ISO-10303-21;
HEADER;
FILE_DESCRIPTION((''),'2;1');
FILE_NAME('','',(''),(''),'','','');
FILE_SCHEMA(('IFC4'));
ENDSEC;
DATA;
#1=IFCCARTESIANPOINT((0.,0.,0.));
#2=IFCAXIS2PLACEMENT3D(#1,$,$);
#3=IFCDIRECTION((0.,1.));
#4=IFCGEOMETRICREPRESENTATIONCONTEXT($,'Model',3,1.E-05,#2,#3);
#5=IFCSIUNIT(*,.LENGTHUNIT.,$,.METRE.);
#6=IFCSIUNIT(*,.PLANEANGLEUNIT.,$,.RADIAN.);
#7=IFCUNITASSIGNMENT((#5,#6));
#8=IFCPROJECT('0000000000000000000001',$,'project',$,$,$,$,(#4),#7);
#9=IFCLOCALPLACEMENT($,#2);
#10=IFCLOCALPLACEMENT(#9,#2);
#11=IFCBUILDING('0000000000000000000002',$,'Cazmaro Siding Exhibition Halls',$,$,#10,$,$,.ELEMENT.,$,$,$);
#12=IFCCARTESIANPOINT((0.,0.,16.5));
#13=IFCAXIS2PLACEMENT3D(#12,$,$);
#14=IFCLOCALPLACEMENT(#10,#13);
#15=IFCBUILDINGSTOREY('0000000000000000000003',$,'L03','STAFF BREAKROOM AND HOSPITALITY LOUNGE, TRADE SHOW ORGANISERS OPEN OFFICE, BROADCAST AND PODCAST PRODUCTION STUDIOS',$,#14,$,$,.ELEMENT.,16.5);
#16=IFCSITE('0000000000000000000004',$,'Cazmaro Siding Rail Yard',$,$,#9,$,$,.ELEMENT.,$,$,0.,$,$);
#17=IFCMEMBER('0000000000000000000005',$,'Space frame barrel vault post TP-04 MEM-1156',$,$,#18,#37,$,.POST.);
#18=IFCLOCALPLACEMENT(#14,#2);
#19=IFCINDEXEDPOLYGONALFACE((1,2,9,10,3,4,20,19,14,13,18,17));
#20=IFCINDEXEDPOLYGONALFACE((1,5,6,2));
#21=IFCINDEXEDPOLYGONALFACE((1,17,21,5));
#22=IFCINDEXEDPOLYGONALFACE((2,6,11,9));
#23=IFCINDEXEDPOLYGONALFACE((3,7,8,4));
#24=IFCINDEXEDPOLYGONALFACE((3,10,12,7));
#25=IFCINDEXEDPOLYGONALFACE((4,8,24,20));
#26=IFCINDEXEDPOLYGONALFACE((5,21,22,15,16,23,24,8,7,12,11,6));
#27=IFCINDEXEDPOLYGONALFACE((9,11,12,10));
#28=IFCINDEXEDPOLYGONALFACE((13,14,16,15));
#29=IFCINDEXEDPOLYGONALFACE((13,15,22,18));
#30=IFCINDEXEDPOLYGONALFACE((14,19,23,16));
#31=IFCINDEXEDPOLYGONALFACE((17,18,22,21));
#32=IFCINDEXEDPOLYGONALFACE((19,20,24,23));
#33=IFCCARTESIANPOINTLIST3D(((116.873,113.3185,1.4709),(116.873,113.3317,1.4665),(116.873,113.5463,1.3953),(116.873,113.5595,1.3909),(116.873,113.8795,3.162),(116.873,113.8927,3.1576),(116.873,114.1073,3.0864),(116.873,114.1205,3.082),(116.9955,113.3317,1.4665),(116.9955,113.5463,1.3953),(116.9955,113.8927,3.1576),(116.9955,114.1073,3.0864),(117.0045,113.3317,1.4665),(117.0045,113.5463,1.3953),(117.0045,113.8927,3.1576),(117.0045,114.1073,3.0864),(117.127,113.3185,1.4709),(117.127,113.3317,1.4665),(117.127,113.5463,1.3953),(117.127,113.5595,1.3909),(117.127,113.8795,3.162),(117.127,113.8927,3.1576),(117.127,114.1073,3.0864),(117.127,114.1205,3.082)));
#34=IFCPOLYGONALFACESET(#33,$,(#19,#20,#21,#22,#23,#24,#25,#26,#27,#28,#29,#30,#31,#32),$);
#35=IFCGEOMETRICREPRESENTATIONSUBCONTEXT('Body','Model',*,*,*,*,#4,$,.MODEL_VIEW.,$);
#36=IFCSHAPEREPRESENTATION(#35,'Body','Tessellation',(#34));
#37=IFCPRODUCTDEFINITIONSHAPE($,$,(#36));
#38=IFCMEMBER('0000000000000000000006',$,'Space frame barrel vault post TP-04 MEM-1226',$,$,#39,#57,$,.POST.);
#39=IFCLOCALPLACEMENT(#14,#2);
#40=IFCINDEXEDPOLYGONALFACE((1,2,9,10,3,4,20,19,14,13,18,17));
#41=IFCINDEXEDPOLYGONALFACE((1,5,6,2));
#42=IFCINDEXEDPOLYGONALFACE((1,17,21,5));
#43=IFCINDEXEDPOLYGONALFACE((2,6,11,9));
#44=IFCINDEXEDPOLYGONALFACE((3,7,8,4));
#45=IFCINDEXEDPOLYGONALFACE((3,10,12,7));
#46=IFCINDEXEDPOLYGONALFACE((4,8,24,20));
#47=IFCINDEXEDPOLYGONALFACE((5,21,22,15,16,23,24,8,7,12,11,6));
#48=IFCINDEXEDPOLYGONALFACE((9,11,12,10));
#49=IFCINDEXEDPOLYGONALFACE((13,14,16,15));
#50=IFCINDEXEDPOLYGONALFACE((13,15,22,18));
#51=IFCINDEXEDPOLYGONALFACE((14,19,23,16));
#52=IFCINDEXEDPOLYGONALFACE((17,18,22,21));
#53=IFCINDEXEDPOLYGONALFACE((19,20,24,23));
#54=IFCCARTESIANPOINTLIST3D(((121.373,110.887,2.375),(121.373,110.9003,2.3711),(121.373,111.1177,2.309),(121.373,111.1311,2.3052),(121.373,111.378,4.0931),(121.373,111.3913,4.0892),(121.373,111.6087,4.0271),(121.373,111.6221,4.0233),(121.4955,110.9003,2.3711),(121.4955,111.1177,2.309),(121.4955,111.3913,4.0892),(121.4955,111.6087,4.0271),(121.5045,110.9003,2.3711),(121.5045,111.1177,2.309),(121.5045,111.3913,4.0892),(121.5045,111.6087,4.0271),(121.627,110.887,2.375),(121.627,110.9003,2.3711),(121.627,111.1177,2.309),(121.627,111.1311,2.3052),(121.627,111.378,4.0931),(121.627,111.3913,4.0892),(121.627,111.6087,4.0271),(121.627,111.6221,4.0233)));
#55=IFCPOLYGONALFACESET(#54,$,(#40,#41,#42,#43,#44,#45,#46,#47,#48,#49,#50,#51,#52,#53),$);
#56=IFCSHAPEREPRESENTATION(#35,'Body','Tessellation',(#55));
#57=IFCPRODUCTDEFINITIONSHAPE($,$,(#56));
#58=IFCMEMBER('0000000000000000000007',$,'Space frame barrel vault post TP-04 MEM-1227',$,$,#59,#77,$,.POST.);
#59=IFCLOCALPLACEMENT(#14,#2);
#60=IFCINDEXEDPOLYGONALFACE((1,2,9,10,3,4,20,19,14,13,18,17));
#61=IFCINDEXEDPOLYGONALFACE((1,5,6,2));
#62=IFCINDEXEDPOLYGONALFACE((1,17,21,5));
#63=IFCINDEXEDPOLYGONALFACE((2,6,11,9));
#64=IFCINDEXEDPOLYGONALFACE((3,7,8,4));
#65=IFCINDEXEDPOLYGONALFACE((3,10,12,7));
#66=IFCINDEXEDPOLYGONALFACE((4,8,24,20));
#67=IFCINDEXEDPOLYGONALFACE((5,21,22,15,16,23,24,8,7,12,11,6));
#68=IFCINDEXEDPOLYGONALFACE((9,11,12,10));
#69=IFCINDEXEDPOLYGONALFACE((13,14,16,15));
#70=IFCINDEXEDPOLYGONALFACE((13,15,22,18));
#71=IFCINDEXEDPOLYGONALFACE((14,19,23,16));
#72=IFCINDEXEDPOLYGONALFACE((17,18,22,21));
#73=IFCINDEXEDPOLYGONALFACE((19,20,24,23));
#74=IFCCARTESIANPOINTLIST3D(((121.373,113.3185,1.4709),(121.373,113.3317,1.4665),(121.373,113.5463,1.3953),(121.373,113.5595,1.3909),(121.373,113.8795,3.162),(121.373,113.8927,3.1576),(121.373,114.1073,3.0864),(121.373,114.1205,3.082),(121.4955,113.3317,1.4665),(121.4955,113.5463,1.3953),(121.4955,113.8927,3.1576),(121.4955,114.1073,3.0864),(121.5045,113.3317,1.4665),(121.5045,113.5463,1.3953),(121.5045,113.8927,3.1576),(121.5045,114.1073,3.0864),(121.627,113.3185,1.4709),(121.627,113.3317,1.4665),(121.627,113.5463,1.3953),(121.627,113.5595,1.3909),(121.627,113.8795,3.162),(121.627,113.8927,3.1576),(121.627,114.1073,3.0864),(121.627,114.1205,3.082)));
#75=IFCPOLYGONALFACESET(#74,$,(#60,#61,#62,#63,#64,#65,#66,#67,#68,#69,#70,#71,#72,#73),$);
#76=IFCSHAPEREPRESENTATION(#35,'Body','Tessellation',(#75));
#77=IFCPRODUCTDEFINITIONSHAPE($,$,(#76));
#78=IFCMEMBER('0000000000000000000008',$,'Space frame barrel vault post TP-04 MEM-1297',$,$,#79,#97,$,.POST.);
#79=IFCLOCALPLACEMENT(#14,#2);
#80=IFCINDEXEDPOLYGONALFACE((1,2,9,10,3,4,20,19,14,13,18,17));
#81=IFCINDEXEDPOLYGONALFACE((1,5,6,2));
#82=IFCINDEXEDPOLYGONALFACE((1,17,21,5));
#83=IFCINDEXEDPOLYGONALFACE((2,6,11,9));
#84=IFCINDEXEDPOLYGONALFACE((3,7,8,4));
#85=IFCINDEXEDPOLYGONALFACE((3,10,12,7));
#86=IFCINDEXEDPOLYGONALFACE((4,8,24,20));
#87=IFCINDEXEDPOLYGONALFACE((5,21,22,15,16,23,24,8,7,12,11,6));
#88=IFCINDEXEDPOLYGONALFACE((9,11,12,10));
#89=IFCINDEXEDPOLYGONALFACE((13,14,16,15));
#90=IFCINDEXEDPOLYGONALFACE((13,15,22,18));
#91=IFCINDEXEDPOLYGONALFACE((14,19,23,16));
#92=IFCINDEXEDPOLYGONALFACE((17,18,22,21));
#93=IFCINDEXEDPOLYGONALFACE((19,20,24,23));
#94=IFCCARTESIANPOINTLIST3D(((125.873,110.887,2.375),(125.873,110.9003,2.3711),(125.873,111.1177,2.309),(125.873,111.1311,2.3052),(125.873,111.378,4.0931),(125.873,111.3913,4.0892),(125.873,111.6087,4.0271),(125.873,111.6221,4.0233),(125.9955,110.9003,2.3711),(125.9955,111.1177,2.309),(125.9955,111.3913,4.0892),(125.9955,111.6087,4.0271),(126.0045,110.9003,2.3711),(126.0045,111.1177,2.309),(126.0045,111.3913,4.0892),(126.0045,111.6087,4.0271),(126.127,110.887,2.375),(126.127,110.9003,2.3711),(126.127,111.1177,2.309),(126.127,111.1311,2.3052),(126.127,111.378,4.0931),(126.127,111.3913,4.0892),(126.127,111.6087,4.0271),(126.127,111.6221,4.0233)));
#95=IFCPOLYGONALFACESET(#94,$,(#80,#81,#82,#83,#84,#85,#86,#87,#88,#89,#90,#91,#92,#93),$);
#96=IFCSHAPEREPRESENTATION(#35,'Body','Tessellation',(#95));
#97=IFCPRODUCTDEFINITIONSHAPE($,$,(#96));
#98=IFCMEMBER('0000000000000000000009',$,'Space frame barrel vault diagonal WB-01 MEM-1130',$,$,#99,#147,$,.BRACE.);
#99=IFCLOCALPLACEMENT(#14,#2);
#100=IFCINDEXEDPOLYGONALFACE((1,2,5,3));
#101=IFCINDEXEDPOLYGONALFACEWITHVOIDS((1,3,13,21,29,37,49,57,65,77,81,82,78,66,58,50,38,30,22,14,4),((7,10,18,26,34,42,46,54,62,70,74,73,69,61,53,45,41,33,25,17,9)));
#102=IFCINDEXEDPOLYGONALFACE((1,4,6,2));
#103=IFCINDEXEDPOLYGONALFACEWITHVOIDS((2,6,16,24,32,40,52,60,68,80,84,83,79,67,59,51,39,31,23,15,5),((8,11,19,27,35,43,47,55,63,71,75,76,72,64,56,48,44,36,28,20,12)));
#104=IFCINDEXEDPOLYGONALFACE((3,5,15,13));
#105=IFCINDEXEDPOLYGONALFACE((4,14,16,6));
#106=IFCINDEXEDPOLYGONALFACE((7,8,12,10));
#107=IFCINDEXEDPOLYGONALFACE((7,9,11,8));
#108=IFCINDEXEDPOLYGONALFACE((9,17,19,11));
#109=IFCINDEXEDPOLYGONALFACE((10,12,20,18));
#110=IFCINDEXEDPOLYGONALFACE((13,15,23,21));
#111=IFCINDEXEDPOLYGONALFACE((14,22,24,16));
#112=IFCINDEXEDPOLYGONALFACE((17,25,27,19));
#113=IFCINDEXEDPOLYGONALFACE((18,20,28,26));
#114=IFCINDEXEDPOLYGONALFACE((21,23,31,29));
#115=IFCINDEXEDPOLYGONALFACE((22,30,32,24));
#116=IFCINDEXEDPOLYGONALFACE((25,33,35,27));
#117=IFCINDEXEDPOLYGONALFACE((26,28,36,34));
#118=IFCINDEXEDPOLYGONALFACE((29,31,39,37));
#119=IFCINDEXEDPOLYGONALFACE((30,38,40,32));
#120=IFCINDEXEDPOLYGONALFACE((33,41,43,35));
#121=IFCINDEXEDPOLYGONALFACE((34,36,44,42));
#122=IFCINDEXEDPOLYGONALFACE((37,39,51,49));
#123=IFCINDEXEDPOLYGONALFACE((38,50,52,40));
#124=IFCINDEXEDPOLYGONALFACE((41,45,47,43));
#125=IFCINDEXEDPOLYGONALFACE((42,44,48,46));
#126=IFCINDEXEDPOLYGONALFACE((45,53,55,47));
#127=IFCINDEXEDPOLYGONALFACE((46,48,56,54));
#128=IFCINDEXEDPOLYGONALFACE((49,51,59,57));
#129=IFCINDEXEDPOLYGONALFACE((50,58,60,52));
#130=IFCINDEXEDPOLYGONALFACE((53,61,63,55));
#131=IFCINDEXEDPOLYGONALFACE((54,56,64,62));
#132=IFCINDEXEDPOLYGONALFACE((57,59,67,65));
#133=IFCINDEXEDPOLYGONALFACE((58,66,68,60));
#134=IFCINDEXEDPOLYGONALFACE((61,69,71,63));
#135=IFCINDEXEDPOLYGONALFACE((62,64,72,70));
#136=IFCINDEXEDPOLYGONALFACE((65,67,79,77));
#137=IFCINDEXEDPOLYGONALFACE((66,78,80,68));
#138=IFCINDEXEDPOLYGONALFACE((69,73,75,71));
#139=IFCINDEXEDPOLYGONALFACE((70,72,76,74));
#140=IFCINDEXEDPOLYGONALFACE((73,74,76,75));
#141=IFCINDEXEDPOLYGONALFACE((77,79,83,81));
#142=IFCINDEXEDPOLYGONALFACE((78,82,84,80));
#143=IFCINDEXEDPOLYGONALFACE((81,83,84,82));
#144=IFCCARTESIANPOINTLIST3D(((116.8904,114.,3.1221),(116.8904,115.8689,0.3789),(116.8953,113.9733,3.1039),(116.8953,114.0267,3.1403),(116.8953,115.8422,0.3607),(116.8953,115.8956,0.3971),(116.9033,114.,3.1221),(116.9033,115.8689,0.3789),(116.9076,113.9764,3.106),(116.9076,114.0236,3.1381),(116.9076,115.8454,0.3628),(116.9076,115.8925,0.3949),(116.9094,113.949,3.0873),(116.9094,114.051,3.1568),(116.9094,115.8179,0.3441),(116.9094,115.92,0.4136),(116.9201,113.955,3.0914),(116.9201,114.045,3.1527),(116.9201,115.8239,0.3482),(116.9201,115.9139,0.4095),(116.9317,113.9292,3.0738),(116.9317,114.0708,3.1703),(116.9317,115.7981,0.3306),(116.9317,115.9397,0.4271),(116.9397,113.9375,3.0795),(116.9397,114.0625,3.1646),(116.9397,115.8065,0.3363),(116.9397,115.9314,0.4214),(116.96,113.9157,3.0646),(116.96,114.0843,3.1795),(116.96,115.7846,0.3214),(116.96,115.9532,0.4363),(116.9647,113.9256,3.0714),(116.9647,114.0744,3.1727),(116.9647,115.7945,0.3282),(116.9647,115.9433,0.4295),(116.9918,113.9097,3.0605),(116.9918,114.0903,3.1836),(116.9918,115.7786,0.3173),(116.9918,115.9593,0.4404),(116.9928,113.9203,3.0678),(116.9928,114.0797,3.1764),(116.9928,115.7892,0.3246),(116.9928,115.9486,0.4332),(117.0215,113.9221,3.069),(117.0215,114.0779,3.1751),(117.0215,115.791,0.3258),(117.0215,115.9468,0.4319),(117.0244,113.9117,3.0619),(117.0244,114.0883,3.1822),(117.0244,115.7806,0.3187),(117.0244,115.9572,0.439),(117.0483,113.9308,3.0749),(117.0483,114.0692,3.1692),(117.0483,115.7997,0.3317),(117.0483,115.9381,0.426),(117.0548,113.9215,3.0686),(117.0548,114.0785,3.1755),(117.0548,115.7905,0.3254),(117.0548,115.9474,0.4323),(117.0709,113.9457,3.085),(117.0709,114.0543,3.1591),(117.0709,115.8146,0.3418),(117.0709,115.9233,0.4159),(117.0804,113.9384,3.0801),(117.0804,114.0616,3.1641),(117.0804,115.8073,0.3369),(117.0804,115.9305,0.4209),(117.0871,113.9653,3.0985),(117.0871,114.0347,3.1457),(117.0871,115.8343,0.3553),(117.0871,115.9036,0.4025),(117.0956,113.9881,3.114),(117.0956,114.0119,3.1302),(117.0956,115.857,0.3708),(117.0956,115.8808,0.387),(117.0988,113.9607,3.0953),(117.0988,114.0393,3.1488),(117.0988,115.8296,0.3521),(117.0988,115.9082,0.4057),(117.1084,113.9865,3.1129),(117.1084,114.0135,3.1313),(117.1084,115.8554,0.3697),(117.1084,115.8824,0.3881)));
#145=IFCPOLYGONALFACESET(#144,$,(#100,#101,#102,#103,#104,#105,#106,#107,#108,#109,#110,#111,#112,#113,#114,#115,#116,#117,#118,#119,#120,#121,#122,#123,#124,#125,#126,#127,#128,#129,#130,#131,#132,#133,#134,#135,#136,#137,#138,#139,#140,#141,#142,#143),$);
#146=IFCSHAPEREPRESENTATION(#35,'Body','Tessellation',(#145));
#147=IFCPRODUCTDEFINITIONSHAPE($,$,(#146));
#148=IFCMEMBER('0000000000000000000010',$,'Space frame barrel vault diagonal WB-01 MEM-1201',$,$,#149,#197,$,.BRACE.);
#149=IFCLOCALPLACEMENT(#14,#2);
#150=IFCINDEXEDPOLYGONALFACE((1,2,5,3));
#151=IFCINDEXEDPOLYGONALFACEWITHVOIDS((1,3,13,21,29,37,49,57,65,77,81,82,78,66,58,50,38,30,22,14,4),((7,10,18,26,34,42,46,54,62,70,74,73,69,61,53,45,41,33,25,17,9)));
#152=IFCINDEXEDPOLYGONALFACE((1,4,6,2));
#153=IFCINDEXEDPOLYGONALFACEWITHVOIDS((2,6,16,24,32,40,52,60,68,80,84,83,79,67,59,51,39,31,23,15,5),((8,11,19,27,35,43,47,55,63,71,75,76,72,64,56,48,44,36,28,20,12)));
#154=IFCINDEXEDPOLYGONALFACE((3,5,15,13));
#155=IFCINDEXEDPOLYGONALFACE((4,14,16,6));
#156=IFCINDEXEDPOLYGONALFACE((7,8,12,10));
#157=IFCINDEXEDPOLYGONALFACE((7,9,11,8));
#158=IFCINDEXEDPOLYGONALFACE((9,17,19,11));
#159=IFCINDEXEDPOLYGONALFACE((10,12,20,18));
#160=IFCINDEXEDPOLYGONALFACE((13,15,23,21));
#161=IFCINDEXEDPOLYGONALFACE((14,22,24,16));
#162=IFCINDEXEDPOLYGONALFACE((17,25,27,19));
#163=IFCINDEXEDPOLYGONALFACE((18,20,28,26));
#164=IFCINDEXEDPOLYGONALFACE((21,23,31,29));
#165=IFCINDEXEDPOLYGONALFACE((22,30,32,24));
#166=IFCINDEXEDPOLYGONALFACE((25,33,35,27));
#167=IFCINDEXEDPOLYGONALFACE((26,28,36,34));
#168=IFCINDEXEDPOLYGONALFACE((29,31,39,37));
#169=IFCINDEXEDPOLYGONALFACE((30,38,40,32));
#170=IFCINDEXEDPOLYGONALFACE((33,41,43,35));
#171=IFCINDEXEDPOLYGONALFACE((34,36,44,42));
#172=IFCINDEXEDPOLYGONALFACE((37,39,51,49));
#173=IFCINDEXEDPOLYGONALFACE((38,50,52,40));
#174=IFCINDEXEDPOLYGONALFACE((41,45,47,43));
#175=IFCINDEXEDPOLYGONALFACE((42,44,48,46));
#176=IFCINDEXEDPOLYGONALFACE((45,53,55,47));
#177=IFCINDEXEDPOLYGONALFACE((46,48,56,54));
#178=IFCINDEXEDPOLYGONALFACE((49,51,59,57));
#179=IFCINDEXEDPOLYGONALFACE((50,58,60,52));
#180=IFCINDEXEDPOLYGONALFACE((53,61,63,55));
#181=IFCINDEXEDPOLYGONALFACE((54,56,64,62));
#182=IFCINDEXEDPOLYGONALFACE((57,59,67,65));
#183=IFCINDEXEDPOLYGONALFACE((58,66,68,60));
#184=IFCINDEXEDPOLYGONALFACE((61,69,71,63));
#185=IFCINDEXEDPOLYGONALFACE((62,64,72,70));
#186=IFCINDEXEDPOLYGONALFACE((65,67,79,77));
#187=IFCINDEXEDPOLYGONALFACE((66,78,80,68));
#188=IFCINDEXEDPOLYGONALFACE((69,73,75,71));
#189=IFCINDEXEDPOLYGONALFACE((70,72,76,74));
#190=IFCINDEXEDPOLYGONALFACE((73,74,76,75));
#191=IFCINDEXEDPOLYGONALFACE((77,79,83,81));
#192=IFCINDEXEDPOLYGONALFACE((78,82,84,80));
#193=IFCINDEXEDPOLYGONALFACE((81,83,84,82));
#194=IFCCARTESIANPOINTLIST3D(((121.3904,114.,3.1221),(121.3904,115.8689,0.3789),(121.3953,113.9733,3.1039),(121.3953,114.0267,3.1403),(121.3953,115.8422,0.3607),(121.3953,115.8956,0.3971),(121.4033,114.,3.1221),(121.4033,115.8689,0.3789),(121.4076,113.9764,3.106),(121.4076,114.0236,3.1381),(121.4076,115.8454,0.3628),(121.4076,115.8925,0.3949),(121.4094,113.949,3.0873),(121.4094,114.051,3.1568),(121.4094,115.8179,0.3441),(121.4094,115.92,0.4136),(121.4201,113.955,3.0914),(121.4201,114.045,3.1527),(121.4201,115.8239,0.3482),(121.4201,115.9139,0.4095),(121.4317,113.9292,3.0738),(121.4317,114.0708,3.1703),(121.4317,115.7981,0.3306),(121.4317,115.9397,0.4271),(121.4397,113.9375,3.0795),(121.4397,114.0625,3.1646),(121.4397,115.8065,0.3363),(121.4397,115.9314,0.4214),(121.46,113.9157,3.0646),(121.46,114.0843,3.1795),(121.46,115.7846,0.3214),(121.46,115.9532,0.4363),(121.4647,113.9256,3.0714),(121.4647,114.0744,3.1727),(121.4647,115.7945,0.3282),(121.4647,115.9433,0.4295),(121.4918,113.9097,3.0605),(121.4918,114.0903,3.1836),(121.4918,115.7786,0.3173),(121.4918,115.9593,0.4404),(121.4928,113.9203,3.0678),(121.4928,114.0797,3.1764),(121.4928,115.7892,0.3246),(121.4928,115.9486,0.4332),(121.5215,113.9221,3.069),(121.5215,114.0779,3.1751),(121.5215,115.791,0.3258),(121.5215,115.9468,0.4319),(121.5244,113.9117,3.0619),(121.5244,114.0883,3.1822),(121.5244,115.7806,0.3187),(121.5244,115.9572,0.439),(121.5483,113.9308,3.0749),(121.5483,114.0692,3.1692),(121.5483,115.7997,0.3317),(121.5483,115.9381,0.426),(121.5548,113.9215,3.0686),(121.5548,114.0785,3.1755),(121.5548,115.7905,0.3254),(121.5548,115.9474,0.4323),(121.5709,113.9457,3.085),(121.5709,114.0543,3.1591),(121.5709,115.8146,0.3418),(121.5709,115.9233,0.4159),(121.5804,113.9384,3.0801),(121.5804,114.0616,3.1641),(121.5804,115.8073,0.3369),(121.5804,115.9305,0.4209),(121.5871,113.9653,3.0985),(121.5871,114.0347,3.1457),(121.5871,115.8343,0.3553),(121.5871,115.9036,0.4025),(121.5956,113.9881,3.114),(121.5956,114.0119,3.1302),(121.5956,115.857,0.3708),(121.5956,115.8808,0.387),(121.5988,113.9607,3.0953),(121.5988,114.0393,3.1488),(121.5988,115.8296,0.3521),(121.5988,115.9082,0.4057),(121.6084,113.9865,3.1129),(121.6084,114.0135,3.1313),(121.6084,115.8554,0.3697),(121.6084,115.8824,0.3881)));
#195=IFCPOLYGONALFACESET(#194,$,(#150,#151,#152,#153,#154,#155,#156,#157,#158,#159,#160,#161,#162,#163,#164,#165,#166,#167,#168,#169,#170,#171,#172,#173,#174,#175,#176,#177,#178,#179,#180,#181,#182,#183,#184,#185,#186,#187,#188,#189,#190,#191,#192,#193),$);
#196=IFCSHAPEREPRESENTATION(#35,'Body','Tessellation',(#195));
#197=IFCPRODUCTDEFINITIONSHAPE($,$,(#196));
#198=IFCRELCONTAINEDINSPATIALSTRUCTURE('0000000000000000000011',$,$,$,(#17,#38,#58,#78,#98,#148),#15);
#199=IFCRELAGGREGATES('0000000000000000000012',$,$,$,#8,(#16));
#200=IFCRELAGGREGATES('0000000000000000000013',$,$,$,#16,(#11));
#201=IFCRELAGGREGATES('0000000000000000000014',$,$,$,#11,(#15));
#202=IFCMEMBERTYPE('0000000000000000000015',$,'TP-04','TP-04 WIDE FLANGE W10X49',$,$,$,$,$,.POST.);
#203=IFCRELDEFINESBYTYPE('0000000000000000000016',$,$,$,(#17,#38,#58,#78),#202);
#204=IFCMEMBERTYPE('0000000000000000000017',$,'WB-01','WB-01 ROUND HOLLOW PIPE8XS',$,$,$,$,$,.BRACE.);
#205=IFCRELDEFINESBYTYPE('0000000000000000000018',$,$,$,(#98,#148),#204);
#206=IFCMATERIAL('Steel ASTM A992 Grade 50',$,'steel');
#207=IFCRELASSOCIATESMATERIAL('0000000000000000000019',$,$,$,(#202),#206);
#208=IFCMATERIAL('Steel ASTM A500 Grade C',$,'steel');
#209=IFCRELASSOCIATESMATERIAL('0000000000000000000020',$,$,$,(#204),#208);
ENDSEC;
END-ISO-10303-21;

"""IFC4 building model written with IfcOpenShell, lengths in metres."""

from ifc_helpers import new_model, si_unit, direction, frame, origin, origin_2d, place, context, subcontext, project, spatial, hollow_circle, i_section, extrude, material, material_profile, profile_set, type_object, element, save


model = new_model("IFC4")

# Units and contexts
model_context = context("Model", 3, precision=1e-05, world=origin(), true_north=direction((0.0, 1.0)))
body_context = subcontext(model_context, "Body", "Model", "MODEL_VIEW")
ifc_project = project(units=[si_unit("LENGTHUNIT", "METRE"), si_unit("PLANEANGLEUNIT", "RADIAN")], contexts=[model_context])

# Site, building, storey
site_placement = place(None, origin())
site = spatial("IfcSite", under=ifc_project, at=site_placement, Name="Cazmaro Siding Rail Yard", CompositionType="ELEMENT", RefElevation=0.0)
building_placement = place(site_placement, origin())
building = spatial("IfcBuilding", under=site, at=building_placement, Name="Cazmaro Siding Exhibition Halls", CompositionType="ELEMENT")
storey_placement = place(building_placement, frame((0.0, 0.0, 16.5)))
storey = spatial("IfcBuildingStorey", under=building, at=storey_placement, Name="L03", Description="STAFF BREAKROOM AND HOSPITALITY LOUNGE, TRADE SHOW ORGANISERS OPEN OFFICE, BROADCAST AND PODCAST PRODUCTION STUDIOS", CompositionType="ELEMENT", Elevation=16.5)

# Members
ifc_material_1 = material(Name="Steel ASTM A992 Grade 50", Category="steel")
ifc_material_profile_1 = material_profile(ifc_material_1, i_section(OverallWidth=0.2539, OverallDepth=0.2539, WebThickness=0.009, FlangeThickness=0.0139, at=origin_2d()), Name="W10X49")
ifc_profile_set_1 = profile_set([ifc_material_profile_1], Name="Steel ASTM A992 Grade 50")
member_type_1 = type_object("IfcMemberType", Name="TP-04", Description="TP-04 WIDE FLANGE W10X49", PredefinedType="POST", material=ifc_profile_set_1)
member_1_placement = place(storey_placement, frame((117.0, 113.439, 1.4309), z_axis=(0.0, 0.314871, 0.949134), x_axis=(-1.0, 0.0, 0.0)))
element("IfcMember", 1, at=member_1_placement, inside=storey, type_object=member_type_1, Name="Space frame barrel vault post TP-04 MEM-1156", PredefinedType="POST", context=body_context, shape_type="SweptSolid", body=[
    extrude(i_section(OverallWidth=0.2539, OverallDepth=0.2539, WebThickness=0.009, FlangeThickness=0.0139, at=origin_2d()), origin(), (0.0, 0.0, 1.0), 1.7817),
])
member_2_placement = place(storey_placement, frame((121.5, 111.009, 2.3401), z_axis=(0.0, 0.274775, 0.961508), x_axis=(-1.0, 0.0, 0.0)))
element("IfcMember", 2, at=member_2_placement, inside=storey, type_object=member_type_1, Name="Space frame barrel vault post TP-04 MEM-1226", PredefinedType="POST", context=body_context, shape_type="SweptSolid", body=[
    extrude(i_section(OverallWidth=0.2539, OverallDepth=0.2539, WebThickness=0.009, FlangeThickness=0.0139, at=origin_2d()), origin(), (0.0, 0.0, 1.0), 1.7869),
])
member_3_placement = place(storey_placement, frame((121.5, 113.439, 1.4309), z_axis=(0.0, 0.314871, 0.949134), x_axis=(-1.0, 0.0, 0.0)))
element("IfcMember", 3, at=member_3_placement, inside=storey, type_object=member_type_1, Name="Space frame barrel vault post TP-04 MEM-1227", PredefinedType="POST", context=body_context, shape_type="SweptSolid", body=[
    extrude(i_section(OverallWidth=0.2539, OverallDepth=0.2539, WebThickness=0.009, FlangeThickness=0.0139, at=origin_2d()), origin(), (0.0, 0.0, 1.0), 1.7817),
])
member_4_placement = place(storey_placement, frame((126.0, 111.009, 2.3401), z_axis=(0.0, 0.274775, 0.961508), x_axis=(-1.0, 0.0, 0.0)))
element("IfcMember", 4, at=member_4_placement, inside=storey, type_object=member_type_1, Name="Space frame barrel vault post TP-04 MEM-1297", PredefinedType="POST", context=body_context, shape_type="SweptSolid", body=[
    extrude(i_section(OverallWidth=0.2539, OverallDepth=0.2539, WebThickness=0.009, FlangeThickness=0.0139, at=origin_2d()), origin(), (0.0, 0.0, 1.0), 1.7869),
])
ifc_material_2 = material(Name="Steel ASTM A500 Grade C", Category="steel")
ifc_material_profile_2 = material_profile(ifc_material_2, hollow_circle(Radius=0.1096, WallThickness=0.0129, at=origin_2d()), Name="PIPE8XS")
ifc_profile_set_2 = profile_set([ifc_material_profile_2], Name="Steel ASTM A500 Grade C")
member_type_2 = type_object("IfcMemberType", Name="WB-01", Description="WB-01 ROUND HOLLOW PIPE8XS", PredefinedType="BRACE", material=ifc_profile_set_2)
for number, where, z_axis, x_axis, name in (
    (5, (117.0, 114.0, 3.1221), (0.0, 0.56304, -0.82643), (-1.0, 0.0, 0.0), "Space frame barrel vault diagonal WB-01 MEM-1130"),
    (6, (121.5, 114.0, 3.1221), (0.0, 0.56304, -0.82643), (-1.0, 0.0, 0.0), "Space frame barrel vault diagonal WB-01 MEM-1201"),
):
    element("IfcMember", number, at=place(storey_placement, frame(where, z_axis=z_axis, x_axis=x_axis)), inside=storey, type_object=member_type_2, Name=name, PredefinedType="BRACE", context=body_context, shape_type="SweptSolid", body=[
        extrude(hollow_circle(Radius=0.1096, WallThickness=0.0129, at=origin_2d()), origin(), (0.0, 0.0, 1.0), 3.3193),
    ])

save(model, "model.ifc")
